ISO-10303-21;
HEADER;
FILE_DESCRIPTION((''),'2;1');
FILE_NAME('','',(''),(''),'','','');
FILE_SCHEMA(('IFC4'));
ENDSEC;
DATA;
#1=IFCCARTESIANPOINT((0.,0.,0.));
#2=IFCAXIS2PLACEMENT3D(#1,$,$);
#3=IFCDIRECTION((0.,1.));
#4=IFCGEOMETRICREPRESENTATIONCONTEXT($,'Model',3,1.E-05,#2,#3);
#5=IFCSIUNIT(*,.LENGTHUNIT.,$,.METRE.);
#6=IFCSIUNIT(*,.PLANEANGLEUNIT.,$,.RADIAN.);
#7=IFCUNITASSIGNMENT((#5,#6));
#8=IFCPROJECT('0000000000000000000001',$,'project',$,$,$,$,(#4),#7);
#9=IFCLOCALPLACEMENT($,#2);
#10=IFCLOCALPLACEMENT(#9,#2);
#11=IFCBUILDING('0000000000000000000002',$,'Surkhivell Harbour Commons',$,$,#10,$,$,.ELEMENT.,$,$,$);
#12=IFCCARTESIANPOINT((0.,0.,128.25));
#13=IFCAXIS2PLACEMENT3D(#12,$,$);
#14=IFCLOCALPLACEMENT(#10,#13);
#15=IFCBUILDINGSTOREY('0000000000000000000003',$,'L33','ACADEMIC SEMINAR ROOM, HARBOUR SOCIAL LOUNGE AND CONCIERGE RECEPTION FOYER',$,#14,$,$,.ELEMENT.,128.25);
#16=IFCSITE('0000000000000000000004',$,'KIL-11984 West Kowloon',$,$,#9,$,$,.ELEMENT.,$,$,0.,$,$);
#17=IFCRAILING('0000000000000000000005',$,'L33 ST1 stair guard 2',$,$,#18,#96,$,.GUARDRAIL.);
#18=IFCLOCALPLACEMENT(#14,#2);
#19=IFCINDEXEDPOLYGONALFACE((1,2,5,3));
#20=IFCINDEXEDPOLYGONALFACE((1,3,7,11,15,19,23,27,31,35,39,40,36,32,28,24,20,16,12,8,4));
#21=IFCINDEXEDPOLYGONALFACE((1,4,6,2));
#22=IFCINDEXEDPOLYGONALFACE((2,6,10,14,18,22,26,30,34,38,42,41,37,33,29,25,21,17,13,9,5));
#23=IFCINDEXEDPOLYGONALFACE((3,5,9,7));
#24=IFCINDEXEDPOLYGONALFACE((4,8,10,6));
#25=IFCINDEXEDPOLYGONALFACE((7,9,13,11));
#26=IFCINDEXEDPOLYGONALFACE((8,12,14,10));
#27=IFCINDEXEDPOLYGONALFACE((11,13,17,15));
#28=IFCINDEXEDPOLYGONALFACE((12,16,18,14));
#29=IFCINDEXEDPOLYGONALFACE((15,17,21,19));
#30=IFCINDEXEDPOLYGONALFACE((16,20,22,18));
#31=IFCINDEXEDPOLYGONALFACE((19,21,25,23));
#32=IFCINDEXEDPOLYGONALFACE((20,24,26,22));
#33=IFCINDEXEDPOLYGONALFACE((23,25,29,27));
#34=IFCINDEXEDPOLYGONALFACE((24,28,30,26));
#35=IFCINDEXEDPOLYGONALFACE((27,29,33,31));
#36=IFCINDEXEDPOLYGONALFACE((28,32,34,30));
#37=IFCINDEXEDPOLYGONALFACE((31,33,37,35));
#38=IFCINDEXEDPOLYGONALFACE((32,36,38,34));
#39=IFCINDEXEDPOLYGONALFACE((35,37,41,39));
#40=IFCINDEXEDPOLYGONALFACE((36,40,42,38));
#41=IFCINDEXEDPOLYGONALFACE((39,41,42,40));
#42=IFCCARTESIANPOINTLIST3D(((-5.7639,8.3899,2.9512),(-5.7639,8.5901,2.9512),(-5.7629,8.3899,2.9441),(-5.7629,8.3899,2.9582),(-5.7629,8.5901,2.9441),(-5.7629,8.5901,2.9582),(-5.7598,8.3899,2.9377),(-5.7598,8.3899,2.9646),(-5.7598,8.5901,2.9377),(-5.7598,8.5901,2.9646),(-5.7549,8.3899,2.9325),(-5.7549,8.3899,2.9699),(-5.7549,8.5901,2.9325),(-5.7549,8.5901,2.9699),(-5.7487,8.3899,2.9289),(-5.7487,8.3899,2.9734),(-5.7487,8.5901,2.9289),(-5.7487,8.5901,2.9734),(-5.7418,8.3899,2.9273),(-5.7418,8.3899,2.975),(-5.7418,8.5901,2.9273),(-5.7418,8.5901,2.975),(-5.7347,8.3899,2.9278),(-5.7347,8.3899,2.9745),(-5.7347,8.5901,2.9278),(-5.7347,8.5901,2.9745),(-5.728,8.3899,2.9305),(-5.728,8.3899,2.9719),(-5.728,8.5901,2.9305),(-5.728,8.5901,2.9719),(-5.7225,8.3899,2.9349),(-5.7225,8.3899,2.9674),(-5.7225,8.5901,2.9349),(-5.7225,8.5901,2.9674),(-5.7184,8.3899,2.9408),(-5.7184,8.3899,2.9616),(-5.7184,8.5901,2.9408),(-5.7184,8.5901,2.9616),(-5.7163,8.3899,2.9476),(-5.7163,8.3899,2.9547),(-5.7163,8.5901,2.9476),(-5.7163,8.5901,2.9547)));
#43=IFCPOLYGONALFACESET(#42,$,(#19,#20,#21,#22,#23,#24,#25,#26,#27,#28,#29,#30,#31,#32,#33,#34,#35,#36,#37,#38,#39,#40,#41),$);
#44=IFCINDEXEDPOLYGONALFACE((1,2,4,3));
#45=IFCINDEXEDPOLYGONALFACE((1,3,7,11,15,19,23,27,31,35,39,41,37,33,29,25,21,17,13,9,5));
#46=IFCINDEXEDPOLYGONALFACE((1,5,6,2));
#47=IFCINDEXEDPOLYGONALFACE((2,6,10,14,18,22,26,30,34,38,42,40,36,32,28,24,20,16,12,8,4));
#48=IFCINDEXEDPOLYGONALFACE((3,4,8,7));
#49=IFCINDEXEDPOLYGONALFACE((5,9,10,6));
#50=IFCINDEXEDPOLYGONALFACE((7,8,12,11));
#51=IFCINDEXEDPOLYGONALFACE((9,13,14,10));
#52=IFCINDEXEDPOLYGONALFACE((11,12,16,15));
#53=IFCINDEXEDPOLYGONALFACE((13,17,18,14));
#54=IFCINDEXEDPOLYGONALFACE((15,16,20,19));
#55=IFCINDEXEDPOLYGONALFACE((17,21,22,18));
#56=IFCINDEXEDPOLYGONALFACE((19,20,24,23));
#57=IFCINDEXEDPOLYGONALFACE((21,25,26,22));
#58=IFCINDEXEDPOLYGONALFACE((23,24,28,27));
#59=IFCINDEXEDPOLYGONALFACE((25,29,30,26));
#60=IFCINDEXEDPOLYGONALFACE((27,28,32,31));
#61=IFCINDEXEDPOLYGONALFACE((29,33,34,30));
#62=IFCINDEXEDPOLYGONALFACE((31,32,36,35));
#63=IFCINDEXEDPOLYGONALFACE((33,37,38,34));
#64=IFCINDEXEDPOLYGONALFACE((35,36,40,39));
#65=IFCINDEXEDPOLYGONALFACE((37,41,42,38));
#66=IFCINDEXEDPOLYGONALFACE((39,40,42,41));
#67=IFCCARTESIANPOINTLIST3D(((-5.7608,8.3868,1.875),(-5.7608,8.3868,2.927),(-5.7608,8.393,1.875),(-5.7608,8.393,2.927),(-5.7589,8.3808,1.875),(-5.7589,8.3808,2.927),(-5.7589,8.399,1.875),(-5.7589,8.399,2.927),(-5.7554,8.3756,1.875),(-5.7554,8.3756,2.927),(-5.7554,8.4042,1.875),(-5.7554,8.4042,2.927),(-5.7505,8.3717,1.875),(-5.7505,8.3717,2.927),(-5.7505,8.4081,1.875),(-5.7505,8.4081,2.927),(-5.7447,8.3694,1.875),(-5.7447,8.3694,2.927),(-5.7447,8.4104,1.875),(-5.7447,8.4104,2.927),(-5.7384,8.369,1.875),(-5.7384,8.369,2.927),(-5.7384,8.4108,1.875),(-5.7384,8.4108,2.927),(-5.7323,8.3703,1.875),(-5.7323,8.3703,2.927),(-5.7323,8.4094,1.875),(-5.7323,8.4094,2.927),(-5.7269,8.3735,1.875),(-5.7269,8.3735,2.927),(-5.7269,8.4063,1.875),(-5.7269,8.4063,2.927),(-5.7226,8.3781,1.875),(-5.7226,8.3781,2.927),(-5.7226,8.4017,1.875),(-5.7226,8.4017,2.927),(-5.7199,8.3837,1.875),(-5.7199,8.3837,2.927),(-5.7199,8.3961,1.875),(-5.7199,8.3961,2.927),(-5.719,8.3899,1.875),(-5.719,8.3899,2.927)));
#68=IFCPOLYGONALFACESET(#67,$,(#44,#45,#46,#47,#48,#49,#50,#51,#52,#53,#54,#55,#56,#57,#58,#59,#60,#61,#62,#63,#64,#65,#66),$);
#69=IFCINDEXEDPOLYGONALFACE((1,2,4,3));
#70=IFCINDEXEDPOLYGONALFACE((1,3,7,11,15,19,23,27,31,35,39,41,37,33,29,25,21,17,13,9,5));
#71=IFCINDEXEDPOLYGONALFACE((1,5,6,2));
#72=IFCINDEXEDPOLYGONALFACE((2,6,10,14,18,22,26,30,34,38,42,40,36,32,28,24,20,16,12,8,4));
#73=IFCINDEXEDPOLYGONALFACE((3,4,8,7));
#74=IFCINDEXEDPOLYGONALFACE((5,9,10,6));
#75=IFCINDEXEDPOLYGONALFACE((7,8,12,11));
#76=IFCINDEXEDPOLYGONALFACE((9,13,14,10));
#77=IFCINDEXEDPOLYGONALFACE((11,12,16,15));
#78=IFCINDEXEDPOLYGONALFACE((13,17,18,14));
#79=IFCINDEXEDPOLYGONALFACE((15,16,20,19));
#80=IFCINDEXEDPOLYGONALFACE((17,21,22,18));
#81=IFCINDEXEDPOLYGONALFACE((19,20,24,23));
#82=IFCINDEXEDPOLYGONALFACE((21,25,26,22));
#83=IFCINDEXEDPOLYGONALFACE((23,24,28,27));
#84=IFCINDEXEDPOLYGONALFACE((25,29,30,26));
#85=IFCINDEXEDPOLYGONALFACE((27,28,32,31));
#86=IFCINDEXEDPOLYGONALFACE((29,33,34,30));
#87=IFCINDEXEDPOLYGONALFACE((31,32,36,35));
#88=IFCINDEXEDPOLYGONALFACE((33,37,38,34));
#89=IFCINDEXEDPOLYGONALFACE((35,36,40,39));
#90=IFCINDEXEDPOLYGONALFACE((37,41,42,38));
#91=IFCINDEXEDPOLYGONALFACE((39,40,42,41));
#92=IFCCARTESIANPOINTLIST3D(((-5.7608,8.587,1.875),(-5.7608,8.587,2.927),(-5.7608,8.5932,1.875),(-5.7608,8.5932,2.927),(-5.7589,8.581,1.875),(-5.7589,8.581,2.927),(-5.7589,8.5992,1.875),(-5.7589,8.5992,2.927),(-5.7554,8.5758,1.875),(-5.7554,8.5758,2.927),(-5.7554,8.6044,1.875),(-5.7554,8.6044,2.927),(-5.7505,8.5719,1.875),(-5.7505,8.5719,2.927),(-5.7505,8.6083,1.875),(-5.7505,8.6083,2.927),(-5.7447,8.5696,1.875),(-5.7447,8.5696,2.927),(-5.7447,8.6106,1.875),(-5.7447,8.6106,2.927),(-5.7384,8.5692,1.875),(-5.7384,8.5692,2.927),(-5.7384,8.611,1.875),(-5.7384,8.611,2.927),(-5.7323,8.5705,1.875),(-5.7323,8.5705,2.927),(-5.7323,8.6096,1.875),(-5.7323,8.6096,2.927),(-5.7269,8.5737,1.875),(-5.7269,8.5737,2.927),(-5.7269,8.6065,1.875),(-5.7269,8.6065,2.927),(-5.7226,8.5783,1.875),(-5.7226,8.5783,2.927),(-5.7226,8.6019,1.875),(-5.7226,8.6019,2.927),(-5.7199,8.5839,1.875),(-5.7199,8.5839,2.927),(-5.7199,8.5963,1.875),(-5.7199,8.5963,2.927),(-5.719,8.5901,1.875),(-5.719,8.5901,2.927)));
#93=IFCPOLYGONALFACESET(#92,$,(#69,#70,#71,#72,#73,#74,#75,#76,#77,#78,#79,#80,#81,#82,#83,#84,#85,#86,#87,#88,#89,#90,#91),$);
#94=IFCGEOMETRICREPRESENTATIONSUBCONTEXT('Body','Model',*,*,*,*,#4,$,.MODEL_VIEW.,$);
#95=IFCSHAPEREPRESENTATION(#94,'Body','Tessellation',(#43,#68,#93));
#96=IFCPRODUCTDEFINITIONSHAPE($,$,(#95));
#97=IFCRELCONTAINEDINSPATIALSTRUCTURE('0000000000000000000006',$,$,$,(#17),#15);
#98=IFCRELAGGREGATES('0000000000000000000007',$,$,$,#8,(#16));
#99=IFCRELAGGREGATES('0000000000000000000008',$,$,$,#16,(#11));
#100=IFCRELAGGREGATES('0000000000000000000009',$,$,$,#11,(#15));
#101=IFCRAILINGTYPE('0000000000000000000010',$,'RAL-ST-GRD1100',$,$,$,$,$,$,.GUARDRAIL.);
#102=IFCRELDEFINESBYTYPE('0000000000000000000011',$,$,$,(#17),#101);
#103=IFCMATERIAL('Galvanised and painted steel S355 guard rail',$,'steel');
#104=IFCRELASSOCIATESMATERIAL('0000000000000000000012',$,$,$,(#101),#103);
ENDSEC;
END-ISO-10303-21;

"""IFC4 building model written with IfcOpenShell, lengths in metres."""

from ifc_helpers import new_model, si_unit, direction, frame, origin, origin_2d, place, context, subcontext, project, spatial, circle, extrude, material, type_object, element, save


model = new_model("IFC4")

# Units and contexts
model_context = context("Model", 3, precision=1e-05, world=origin(), true_north=direction((0.0, 1.0)))
body_context = subcontext(model_context, "Body", "Model", "MODEL_VIEW")
ifc_project = project(units=[si_unit("LENGTHUNIT", "METRE"), si_unit("PLANEANGLEUNIT", "RADIAN")], contexts=[model_context])

# Site, building, storey
site_placement = place(None, origin())
site = spatial("IfcSite", under=ifc_project, at=site_placement, Name="KIL-11984 West Kowloon", CompositionType="ELEMENT", RefElevation=0.0)
building_placement = place(site_placement, origin())
building = spatial("IfcBuilding", under=site, at=building_placement, Name="Surkhivell Harbour Commons", CompositionType="ELEMENT")
storey_placement = place(building_placement, frame((0.0, 0.0, 128.25)))
storey = spatial("IfcBuildingStorey", under=building, at=storey_placement, Name="L33", Description="ACADEMIC SEMINAR ROOM, HARBOUR SOCIAL LOUNGE AND CONCIERGE RECEPTION FOYER", CompositionType="ELEMENT", Elevation=128.25)

# Railing
ifc_material_1 = material(Name="Galvanised and painted steel S355 guard rail", Category="steel")
railing_type_1 = type_object("IfcRailingType", Name="RAL-ST-GRD1100", PredefinedType="GUARDRAIL", material=ifc_material_1)
railing_1_placement = place(storey_placement, frame((-5.74, 8.3899, 1.875)))
element("IfcRailing", 1, at=railing_1_placement, inside=storey, type_object=railing_type_1, Name="L33 ST1 stair guard 2", PredefinedType="GUARDRAIL", context=body_context, shape_type="SweptSolid", body=[
    extrude(circle(Radius=0.0239, at=origin_2d()), frame((0.0, 0.0, 1.0762), z_axis=(0.0, 1.0, 0.0), x_axis=(-1.0, 0.0, 0.0)), (0.0, 0.0, 1.0), 0.2002),
    extrude(circle(Radius=0.021, at=origin_2d()), origin(), (0.0, 0.0, 1.0), 1.052),
    extrude(circle(Radius=0.021, at=origin_2d()), frame((0.0, 0.2002, 0.0)), (0.0, 0.0, 1.0), 1.052),
])

save(model, "model.ifc")
